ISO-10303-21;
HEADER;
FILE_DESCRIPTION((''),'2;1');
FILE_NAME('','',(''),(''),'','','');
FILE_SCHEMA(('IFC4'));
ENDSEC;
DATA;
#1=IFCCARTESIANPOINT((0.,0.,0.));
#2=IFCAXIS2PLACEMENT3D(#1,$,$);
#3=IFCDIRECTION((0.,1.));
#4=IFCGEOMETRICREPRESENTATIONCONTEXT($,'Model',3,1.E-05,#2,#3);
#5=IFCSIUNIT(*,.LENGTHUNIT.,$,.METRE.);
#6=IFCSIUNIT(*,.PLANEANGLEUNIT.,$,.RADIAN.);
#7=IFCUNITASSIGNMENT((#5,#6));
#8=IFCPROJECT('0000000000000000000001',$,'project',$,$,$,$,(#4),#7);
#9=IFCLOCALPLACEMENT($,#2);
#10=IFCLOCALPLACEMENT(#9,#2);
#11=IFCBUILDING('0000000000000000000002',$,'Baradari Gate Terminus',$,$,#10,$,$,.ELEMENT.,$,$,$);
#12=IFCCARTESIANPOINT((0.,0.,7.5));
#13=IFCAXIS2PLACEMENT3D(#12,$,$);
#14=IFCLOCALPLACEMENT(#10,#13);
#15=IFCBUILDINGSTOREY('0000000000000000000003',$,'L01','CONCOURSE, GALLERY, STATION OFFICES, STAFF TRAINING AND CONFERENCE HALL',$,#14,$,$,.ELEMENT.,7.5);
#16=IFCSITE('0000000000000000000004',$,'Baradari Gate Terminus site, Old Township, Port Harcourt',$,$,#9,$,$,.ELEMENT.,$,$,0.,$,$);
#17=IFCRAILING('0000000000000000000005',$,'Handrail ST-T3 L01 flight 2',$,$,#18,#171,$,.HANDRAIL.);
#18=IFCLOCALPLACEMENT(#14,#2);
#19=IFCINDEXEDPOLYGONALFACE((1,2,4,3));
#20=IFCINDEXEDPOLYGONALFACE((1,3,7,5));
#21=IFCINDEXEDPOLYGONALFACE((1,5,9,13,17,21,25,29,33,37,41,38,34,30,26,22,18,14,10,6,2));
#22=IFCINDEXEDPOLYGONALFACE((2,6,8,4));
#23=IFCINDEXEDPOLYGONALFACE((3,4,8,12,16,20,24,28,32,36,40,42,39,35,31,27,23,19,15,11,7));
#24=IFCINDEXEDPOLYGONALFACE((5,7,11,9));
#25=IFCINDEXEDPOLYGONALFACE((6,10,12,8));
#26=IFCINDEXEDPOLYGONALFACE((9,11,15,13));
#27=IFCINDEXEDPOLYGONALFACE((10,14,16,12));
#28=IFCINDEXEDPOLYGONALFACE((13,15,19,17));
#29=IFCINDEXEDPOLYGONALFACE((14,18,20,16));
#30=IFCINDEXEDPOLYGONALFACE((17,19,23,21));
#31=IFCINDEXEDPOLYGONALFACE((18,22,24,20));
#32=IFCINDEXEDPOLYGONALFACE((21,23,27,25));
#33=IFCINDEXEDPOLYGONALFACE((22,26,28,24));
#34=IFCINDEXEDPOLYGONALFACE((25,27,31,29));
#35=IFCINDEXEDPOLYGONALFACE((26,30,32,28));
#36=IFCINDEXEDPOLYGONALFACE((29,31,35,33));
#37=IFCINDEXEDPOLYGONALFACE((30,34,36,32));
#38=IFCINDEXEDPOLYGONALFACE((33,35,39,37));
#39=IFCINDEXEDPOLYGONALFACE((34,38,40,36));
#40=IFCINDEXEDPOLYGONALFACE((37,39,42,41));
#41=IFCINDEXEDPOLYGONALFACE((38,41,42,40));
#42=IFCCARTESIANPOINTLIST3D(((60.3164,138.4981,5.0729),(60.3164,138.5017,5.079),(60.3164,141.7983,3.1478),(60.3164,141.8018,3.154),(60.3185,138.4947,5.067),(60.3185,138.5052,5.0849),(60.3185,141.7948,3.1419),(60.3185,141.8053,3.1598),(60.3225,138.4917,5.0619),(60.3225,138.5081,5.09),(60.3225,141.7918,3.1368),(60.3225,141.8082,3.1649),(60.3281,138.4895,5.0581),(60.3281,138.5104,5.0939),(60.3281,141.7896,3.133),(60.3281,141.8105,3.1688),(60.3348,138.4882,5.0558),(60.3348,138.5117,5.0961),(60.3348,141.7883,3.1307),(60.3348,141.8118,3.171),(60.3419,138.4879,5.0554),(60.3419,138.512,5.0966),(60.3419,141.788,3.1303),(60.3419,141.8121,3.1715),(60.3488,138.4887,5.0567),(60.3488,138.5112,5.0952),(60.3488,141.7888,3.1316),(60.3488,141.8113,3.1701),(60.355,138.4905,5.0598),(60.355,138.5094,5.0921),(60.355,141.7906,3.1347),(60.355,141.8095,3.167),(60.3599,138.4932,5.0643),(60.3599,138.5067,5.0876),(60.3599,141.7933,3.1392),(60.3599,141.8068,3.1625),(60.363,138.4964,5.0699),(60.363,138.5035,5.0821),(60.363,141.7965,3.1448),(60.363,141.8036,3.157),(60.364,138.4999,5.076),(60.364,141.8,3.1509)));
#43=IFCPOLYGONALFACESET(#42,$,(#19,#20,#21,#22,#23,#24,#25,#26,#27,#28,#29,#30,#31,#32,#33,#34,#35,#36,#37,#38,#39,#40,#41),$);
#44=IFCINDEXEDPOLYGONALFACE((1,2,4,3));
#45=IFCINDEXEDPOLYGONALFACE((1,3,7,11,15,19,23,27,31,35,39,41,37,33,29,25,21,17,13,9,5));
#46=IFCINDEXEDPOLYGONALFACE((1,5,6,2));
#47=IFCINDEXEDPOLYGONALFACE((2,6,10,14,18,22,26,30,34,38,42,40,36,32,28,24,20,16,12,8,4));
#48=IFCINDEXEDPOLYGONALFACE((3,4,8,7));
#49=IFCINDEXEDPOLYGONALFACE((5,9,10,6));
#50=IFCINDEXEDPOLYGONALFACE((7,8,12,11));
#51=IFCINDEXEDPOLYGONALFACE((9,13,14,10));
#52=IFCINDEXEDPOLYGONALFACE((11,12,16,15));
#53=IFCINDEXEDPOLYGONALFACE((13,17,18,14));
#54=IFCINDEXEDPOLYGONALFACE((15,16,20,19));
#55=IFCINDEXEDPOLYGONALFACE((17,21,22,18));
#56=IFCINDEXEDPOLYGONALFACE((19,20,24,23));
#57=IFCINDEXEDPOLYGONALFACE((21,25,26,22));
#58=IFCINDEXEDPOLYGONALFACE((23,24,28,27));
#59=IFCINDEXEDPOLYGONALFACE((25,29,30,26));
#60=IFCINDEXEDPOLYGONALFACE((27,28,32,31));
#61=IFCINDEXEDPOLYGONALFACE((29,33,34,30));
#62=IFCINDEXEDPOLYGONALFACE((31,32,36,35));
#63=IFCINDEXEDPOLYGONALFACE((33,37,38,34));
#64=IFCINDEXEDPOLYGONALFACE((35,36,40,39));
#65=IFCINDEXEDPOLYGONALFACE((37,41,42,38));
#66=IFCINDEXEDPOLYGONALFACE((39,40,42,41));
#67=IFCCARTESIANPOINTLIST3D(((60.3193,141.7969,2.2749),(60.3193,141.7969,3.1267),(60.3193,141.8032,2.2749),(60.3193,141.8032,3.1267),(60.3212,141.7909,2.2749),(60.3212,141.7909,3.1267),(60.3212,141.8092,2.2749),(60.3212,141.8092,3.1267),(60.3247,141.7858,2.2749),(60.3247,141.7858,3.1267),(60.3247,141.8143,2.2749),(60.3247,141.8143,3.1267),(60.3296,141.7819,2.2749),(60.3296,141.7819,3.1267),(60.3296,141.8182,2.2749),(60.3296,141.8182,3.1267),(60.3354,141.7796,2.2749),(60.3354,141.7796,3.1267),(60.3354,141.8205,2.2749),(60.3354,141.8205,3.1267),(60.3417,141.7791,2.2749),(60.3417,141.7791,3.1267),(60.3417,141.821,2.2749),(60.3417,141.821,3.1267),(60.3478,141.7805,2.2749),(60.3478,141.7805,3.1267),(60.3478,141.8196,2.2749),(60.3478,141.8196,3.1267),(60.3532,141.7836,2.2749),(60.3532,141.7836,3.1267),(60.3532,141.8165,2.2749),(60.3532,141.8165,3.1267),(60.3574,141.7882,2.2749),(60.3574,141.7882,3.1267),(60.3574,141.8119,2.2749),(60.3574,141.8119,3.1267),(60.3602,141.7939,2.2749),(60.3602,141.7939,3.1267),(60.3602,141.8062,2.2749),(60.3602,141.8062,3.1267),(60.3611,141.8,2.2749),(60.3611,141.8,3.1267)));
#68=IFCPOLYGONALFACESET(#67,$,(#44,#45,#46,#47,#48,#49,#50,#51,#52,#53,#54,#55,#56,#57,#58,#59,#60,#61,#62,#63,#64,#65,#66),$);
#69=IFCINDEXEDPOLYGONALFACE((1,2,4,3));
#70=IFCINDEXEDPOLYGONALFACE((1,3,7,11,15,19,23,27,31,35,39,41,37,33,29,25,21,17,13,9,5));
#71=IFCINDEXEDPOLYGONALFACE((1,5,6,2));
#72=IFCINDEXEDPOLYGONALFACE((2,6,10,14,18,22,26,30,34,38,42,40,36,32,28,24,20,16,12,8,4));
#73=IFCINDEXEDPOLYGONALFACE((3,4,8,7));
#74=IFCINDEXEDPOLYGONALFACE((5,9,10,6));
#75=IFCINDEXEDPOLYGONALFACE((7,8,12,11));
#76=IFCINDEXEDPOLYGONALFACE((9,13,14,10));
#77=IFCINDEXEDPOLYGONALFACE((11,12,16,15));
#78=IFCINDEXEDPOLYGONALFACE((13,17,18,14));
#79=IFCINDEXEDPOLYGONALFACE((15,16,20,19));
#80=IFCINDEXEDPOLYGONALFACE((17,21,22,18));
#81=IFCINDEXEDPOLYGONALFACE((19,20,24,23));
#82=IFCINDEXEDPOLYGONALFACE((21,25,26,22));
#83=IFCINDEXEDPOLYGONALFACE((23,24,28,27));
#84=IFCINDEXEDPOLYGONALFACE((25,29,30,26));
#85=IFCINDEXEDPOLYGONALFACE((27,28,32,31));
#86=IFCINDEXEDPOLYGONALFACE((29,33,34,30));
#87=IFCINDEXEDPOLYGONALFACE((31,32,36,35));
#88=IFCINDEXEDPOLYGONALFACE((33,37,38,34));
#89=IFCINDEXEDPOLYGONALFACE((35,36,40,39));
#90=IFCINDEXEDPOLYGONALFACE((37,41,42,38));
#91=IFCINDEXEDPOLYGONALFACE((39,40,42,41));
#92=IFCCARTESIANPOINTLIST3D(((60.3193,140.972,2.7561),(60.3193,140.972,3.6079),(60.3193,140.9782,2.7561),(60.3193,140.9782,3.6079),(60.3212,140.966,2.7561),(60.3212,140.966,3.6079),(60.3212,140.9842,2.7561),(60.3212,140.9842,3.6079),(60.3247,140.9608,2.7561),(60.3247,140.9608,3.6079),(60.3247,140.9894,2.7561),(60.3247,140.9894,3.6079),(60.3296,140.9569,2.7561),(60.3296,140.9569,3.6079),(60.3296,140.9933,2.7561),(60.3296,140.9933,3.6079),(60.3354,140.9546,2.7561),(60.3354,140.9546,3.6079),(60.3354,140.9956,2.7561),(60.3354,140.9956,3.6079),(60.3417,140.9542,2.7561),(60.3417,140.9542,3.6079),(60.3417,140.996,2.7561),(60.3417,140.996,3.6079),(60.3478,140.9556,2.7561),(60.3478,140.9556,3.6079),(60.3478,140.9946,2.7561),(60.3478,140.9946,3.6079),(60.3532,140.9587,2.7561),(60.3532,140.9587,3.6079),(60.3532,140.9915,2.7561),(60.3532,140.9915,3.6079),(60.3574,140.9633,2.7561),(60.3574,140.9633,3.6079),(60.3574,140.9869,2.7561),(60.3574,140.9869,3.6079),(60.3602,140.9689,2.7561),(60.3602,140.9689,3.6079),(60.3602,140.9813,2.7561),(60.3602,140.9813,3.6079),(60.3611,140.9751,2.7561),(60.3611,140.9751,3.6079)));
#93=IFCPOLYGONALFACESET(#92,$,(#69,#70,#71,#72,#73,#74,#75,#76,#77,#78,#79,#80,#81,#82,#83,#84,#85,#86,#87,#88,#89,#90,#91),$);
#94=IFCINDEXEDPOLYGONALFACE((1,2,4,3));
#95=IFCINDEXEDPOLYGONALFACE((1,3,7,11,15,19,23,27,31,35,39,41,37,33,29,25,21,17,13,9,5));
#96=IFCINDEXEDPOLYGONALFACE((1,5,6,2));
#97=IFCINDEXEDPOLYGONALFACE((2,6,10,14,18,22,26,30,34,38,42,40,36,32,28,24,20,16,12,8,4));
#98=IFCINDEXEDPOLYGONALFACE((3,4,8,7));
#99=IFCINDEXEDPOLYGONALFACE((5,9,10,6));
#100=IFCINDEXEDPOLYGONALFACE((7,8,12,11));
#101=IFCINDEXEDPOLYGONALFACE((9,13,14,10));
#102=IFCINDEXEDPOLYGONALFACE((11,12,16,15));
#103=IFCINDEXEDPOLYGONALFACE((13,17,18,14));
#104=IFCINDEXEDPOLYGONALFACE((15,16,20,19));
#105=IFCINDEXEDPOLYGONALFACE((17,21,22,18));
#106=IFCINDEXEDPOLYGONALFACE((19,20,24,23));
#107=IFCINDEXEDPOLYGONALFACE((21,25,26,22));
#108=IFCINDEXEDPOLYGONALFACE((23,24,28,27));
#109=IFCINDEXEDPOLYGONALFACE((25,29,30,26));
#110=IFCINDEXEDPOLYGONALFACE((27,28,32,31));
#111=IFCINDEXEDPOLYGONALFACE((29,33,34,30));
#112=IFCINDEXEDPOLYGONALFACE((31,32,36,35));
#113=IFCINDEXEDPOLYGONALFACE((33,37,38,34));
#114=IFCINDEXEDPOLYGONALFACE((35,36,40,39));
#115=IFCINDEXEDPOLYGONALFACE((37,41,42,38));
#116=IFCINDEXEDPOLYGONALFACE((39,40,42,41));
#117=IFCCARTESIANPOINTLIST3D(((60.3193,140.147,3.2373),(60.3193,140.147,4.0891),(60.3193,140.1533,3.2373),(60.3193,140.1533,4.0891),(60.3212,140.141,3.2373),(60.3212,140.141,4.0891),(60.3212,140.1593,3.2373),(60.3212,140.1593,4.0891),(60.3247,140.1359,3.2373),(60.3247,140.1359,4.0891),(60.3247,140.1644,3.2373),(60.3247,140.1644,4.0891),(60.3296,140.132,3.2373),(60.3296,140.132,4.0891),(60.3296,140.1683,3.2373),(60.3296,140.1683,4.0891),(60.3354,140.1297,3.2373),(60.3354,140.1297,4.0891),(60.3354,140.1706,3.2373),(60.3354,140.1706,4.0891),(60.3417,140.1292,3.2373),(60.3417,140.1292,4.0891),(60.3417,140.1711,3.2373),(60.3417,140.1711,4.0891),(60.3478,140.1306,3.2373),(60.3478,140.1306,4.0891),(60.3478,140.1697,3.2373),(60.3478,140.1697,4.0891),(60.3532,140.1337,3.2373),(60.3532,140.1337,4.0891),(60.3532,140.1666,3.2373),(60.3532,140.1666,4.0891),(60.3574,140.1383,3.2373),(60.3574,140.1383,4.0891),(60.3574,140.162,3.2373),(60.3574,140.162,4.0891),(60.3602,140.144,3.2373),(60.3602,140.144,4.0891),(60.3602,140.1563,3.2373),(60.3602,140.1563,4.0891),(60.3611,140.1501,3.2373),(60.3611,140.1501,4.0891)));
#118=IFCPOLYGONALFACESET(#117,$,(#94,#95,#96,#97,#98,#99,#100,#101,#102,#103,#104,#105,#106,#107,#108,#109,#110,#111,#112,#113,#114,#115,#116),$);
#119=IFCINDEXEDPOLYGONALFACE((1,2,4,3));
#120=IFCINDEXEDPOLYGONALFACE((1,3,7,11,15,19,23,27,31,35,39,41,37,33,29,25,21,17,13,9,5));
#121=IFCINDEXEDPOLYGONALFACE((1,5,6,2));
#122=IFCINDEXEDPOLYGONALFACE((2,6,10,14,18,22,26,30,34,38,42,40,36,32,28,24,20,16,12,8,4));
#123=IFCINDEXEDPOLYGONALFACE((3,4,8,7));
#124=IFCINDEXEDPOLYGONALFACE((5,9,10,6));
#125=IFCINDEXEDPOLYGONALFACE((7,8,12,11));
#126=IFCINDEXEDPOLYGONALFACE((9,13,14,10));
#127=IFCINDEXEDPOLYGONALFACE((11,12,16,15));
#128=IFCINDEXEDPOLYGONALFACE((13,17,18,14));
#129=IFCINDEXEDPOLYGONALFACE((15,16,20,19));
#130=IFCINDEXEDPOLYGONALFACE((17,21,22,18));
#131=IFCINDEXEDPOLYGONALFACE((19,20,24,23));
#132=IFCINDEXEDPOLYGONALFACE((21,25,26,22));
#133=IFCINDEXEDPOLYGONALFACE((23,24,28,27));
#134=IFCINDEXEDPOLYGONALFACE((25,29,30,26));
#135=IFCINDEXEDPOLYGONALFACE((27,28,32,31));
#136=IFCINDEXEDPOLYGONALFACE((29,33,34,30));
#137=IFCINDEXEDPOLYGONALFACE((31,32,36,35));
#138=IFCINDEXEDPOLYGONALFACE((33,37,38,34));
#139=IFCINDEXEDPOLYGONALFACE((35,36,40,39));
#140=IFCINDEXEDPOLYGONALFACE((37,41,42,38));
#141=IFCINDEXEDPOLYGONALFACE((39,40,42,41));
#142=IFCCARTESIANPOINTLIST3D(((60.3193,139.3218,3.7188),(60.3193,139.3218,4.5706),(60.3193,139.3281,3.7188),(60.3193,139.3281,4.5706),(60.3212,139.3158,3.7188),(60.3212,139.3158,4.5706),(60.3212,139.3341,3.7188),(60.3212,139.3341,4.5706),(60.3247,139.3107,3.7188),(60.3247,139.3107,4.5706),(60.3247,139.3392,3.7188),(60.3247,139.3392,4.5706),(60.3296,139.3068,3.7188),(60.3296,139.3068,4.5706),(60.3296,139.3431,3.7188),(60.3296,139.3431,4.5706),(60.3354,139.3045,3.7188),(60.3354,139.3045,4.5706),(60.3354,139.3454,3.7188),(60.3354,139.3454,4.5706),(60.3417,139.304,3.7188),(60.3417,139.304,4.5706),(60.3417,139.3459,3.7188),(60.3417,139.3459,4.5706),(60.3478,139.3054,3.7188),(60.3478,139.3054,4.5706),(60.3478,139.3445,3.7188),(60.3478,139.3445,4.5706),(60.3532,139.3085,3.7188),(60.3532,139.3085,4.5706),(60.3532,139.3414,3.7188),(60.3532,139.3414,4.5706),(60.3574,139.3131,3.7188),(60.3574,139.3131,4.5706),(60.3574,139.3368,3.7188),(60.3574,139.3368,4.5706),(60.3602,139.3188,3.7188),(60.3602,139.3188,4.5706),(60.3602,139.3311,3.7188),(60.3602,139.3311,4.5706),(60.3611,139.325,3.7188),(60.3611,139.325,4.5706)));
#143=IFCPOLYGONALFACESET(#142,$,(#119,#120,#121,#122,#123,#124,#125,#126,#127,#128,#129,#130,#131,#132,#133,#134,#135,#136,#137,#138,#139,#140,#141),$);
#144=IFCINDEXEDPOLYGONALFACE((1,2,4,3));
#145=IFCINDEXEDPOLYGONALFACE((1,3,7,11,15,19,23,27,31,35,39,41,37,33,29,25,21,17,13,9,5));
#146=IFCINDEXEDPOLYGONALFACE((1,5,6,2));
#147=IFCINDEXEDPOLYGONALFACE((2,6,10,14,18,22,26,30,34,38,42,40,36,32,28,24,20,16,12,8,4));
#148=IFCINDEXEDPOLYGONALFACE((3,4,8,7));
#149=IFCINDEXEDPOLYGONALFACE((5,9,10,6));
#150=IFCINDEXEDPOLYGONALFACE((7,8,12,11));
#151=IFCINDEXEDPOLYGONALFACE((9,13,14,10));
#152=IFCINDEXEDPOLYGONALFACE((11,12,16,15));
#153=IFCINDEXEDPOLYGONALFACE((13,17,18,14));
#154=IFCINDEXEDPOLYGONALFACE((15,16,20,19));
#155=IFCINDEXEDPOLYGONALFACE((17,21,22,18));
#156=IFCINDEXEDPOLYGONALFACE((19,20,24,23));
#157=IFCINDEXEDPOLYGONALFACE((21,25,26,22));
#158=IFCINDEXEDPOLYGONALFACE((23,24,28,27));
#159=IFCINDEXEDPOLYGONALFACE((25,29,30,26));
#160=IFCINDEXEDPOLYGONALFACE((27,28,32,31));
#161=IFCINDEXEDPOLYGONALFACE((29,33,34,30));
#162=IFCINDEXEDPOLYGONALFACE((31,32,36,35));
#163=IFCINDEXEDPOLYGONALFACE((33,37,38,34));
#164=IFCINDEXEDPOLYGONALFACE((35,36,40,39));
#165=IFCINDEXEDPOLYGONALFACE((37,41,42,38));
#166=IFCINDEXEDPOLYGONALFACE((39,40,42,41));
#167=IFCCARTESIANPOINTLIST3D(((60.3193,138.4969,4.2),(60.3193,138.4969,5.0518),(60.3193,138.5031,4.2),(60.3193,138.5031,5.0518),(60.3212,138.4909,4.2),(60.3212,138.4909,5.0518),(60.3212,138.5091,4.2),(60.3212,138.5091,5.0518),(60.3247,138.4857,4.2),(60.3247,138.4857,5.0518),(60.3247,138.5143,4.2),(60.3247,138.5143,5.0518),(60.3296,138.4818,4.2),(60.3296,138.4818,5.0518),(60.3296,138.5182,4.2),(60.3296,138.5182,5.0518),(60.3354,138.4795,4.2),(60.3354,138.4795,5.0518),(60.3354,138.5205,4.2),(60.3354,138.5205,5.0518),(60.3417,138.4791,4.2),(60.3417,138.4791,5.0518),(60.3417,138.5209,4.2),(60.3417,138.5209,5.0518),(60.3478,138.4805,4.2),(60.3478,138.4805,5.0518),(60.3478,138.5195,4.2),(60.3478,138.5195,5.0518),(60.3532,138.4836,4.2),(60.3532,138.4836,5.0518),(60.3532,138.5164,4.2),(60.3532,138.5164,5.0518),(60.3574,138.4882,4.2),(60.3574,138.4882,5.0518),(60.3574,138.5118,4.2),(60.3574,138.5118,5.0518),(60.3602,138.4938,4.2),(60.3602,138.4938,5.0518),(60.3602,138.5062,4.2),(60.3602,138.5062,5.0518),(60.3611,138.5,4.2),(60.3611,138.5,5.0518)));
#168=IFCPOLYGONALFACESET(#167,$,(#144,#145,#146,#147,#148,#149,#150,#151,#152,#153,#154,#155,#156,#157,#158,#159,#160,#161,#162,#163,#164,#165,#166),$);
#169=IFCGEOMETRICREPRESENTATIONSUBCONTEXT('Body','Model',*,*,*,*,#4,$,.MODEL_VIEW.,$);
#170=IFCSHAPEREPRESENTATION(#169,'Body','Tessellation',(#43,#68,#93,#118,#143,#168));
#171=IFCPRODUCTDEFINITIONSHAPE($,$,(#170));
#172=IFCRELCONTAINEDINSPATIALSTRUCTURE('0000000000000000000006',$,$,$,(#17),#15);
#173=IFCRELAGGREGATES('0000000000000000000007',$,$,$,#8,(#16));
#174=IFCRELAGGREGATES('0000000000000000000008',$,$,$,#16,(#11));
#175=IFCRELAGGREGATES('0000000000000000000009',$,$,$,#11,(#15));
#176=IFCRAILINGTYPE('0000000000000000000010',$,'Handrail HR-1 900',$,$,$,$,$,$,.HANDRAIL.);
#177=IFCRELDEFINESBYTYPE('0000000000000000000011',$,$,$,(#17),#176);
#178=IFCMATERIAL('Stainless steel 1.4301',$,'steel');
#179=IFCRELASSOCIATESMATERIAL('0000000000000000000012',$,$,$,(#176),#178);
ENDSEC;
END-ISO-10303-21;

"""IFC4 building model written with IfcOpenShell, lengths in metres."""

from ifc_helpers import new_model, si_unit, direction, frame, origin, origin_2d, place, context, subcontext, project, spatial, circle, extrude, material, type_object, element, save


model = new_model("IFC4")

# Units and contexts
model_context = context("Model", 3, precision=1e-05, world=origin(), true_north=direction((0.0, 1.0)))
body_context = subcontext(model_context, "Body", "Model", "MODEL_VIEW")
ifc_project = project(units=[si_unit("LENGTHUNIT", "METRE"), si_unit("PLANEANGLEUNIT", "RADIAN")], contexts=[model_context])

# Site, building, storey
site_placement = place(None, origin())
site = spatial("IfcSite", under=ifc_project, at=site_placement, Name="Baradari Gate Terminus site, Old Township, Port Harcourt", CompositionType="ELEMENT", RefElevation=0.0)
building_placement = place(site_placement, origin())
building = spatial("IfcBuilding", under=site, at=building_placement, Name="Baradari Gate Terminus", CompositionType="ELEMENT")
storey_placement = place(building_placement, frame((0.0, 0.0, 7.5)))
storey = spatial("IfcBuildingStorey", under=building, at=storey_placement, Name="L01", Description="CONCOURSE, GALLERY, STATION OFFICES, STAFF TRAINING AND CONFERENCE HALL", CompositionType="ELEMENT", Elevation=7.5)

# Railing
ifc_material_1 = material(Name="Stainless steel 1.4301", Category="steel")
railing_type = type_object("IfcRailingType", Name="Handrail HR-1 900", PredefinedType="HANDRAIL", material=ifc_material_1)
for number, where, name in (
    (1, (60.3401, 141.8, 2.2749), "Handrail ST-T3 L01 flight 2"),
):
    element("IfcRailing", number, at=place(storey_placement, frame(where)), inside=storey, type_object=railing_type, Name=name, PredefinedType="HANDRAIL", context=body_context, shape_type="SweptSolid", body=[
        extrude(circle(Radius=0.0239, at=origin_2d()), frame((0.0, 0.0, 0.876), z_axis=(0.0, -0.863777, 0.503875), x_axis=(1.0, 0.0, 0.0)), (0.0, 0.0, 1.0), 3.8206),
        extrude(circle(Radius=0.021, at=origin_2d()), origin(), (0.0, 0.0, 1.0), 0.8518),
        extrude(circle(Radius=0.021, at=origin_2d()), frame((0.0, -0.825, 0.4812)), (0.0, 0.0, 1.0), 0.8518),
        extrude(circle(Radius=0.021, at=origin_2d()), frame((0.0, -1.6499, 0.9624)), (0.0, 0.0, 1.0), 0.8518),
        extrude(circle(Radius=0.021, at=origin_2d()), frame((0.0, -2.4751, 1.4438)), (0.0, 0.0, 1.0), 0.8518),
        extrude(circle(Radius=0.021, at=origin_2d()), frame((0.0, -3.3, 1.925)), (0.0, 0.0, 1.0), 0.8518),
    ])

save(model, "model.ifc")
